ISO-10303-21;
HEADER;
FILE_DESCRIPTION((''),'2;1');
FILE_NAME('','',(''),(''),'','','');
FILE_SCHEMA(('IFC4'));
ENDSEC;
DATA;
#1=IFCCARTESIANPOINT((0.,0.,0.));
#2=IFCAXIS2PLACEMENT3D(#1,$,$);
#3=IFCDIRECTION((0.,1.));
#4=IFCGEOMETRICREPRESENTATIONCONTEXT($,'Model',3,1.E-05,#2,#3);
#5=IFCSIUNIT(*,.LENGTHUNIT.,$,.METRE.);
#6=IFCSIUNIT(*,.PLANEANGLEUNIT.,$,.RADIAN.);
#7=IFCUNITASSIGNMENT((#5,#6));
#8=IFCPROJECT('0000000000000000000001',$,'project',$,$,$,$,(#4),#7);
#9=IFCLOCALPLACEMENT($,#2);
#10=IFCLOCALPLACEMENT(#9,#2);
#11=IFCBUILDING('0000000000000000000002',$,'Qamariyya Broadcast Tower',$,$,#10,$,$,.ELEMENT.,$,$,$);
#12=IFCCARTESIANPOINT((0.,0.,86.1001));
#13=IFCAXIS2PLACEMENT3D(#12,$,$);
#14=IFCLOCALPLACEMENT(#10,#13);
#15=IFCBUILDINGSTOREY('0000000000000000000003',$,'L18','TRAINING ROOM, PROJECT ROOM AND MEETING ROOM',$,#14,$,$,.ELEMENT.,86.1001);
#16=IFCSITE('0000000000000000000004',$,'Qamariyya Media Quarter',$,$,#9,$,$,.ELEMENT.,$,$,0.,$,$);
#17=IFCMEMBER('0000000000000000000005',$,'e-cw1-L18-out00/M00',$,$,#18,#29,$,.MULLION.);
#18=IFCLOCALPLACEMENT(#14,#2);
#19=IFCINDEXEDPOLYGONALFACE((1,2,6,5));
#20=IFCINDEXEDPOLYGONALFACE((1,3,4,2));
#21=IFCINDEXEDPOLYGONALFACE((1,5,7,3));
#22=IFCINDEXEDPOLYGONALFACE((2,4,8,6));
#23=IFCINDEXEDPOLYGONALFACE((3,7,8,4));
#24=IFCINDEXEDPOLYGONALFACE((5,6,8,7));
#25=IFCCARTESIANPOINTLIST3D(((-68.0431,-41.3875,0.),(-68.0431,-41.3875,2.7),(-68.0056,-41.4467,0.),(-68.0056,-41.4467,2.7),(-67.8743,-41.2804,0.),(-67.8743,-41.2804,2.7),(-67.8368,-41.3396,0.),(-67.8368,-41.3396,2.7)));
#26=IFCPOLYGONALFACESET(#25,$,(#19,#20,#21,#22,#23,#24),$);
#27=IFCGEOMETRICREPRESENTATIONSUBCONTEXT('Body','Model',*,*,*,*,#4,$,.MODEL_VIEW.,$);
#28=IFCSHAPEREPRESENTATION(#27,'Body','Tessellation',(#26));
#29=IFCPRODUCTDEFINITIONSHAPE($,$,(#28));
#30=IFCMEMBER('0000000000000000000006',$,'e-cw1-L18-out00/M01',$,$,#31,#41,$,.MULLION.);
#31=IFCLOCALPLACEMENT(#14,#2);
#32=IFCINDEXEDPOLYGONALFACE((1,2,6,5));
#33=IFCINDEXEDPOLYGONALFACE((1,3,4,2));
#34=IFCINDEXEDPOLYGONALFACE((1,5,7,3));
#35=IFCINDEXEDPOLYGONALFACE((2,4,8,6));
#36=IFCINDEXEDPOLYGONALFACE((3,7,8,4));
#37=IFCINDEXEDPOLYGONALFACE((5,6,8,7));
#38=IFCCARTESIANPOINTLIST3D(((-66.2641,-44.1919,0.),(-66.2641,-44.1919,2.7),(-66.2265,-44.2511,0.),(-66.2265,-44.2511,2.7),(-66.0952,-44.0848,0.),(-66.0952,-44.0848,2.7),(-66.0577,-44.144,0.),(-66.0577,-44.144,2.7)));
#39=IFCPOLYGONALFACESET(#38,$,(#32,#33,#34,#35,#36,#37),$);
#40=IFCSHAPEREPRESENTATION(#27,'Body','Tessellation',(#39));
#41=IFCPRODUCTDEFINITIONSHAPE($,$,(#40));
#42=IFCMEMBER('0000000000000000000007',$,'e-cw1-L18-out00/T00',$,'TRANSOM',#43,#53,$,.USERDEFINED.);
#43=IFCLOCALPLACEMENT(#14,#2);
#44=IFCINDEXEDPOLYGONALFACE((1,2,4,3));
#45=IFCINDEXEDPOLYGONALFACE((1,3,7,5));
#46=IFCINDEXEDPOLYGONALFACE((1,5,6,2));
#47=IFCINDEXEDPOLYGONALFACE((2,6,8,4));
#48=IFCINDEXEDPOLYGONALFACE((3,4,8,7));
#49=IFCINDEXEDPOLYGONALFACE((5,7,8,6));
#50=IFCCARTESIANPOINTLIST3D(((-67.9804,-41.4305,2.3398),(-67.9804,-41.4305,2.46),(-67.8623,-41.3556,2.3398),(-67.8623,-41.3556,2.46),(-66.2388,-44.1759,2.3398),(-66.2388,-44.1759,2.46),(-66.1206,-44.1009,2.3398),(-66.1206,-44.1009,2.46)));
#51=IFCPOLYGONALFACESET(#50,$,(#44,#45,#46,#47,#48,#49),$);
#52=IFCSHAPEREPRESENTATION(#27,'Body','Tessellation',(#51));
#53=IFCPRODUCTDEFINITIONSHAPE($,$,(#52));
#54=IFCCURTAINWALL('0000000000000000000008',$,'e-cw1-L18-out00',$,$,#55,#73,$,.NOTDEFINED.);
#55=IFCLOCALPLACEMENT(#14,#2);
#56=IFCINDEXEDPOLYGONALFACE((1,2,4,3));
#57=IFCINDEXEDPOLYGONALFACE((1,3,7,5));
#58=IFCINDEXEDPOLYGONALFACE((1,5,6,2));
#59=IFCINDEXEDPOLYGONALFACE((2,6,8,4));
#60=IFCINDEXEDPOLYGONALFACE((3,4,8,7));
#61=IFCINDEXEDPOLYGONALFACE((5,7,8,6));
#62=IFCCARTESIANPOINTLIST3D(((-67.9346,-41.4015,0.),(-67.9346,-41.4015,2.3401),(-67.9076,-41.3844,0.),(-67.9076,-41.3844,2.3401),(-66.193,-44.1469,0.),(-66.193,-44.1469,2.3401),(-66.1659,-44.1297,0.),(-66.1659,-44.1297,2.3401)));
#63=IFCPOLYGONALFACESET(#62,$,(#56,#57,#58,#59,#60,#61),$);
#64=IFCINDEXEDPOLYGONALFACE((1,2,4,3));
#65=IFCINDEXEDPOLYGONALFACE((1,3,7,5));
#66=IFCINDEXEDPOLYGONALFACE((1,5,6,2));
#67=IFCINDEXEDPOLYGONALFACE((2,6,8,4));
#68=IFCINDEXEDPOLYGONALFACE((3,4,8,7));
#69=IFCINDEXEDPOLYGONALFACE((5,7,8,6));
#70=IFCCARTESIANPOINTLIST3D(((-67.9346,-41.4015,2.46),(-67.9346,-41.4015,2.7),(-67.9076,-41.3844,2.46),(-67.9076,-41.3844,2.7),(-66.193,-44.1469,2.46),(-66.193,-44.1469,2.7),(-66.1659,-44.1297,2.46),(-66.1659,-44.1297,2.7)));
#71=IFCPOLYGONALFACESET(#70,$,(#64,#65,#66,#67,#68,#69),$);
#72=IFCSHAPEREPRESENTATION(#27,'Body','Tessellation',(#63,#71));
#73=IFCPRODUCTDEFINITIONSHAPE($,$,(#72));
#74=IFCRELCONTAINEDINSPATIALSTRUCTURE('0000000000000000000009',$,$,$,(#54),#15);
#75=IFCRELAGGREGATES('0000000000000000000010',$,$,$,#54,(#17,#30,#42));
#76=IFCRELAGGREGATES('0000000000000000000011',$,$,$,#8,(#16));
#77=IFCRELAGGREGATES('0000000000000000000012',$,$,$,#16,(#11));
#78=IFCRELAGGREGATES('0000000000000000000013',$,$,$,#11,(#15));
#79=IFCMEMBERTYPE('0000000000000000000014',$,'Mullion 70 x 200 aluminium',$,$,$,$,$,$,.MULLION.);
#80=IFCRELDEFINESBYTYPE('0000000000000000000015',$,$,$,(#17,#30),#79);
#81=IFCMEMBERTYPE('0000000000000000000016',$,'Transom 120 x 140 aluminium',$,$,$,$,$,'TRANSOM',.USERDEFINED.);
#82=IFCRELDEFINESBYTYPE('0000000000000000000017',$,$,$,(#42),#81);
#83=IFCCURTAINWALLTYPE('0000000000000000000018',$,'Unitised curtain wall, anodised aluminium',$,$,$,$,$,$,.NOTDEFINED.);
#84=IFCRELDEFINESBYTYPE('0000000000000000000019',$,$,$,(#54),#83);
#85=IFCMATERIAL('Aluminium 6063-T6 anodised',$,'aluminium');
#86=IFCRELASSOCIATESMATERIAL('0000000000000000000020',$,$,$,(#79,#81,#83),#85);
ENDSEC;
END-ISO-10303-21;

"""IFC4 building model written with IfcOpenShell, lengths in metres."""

from ifc_helpers import new_model, si_unit, direction, frame, origin, origin_2d, place, context, subcontext, project, spatial, rectangle, extrude, material, material_profile, profile_set, type_object, element, aggregate, save


model = new_model("IFC4")

# Units and contexts
model_context = context("Model", 3, precision=1e-05, world=origin(), true_north=direction((0.0, 1.0)))
body_context = subcontext(model_context, "Body", "Model", "MODEL_VIEW")
ifc_project = project(units=[si_unit("LENGTHUNIT", "METRE"), si_unit("PLANEANGLEUNIT", "RADIAN")], contexts=[model_context])

# Members
ifc_material_1 = material(Name="Aluminium 6063-T6 anodised", Category="aluminium")
ifc_material_profile_1 = material_profile(ifc_material_1, rectangle(XDim=0.2, YDim=0.0701, at=origin_2d()))
ifc_profile_set_1 = profile_set([ifc_material_profile_1], Name="Aluminium 6063-T6 anodised")
member_type_1 = type_object("IfcMemberType", Name="Mullion 70 x 200 aluminium", PredefinedType="MULLION", material=ifc_profile_set_1)
site_placement = place(None, origin())
building_placement = place(site_placement, origin())
storey_placement = place(building_placement, frame((0.0, 0.0, 86.1001)))
member_1_placement = place(storey_placement, frame((-67.9399, -41.3635, 0.0), z_axis=(0.0, 0.0, 1.0), x_axis=(0.844406, 0.535704, 0.0)))
member_1 = element("IfcMember", 1, at=member_1_placement, type_object=member_type_1, Name="e-cw1-L18-out00/M00", PredefinedType="MULLION", context=body_context, shape_type="SweptSolid", body=[
    extrude(rectangle(XDim=0.2, YDim=0.0701, at=origin_2d()), origin(), (0.0, 0.0, 1.0), 2.7),
])
member_2_placement = place(storey_placement, frame((-66.1609, -44.168, 0.0), z_axis=(0.0, 0.0, 1.0), x_axis=(0.844406, 0.535704, 0.0)))
member_2 = element("IfcMember", 2, at=member_2_placement, type_object=member_type_1, Name="e-cw1-L18-out00/M01", PredefinedType="MULLION", context=body_context, shape_type="SweptSolid", body=[
    extrude(rectangle(XDim=0.2, YDim=0.0701, at=origin_2d()), origin(), (0.0, 0.0, 1.0), 2.7),
])
ifc_material_profile_2 = material_profile(ifc_material_1, rectangle(XDim=0.1399, YDim=0.1201, at=origin_2d()))
ifc_profile_set_2 = profile_set([ifc_material_profile_2], Name="Aluminium 6063-T6 anodised")
member_type_2 = type_object("IfcMemberType", Name="Transom 120 x 140 aluminium", ElementType="TRANSOM", PredefinedType="USERDEFINED", material=ifc_profile_set_2)
member_3_placement = place(storey_placement, frame((-67.9214, -41.3931, 2.3999), z_axis=(0.535704, -0.844406, 0.0), x_axis=(0.844406, 0.535704, 0.0)))
member_3 = element("IfcMember", 3, at=member_3_placement, type_object=member_type_2, Name="e-cw1-L18-out00/T00", ObjectType="TRANSOM", PredefinedType="USERDEFINED", context=body_context, shape_type="SweptSolid", body=[
    extrude(rectangle(XDim=0.1399, YDim=0.1201, at=origin_2d()), origin(), (0.0, 0.0, 1.0), 3.2512),
])

# Site, building, storey
site = spatial("IfcSite", under=ifc_project, at=site_placement, Name="Qamariyya Media Quarter", CompositionType="ELEMENT", RefElevation=0.0)
building = spatial("IfcBuilding", under=site, at=building_placement, Name="Qamariyya Broadcast Tower", CompositionType="ELEMENT")
storey = spatial("IfcBuildingStorey", under=building, at=storey_placement, Name="L18", Description="TRAINING ROOM, PROJECT ROOM AND MEETING ROOM", CompositionType="ELEMENT", Elevation=86.1001)

# Curtain wall
curtain_wall_type = type_object("IfcCurtainWallType", Name="Unitised curtain wall, anodised aluminium", PredefinedType="NOTDEFINED", material=ifc_material_1)
curtain_wall_1_placement = place(storey_placement, origin())
curtain_wall_1 = element("IfcCurtainWall", 4, at=curtain_wall_1_placement, inside=storey, type_object=curtain_wall_type, Name="e-cw1-L18-out00", PredefinedType="NOTDEFINED", context=body_context, shape_type="SweptSolid", body=[
    extrude(rectangle(XDim=3.2512, YDim=0.032, at=origin_2d()), frame((-67.0503, -42.7656, 0.0), x_axis=(0.535701, -0.844408, 0.0)), (0.0, 0.0, 1.0), 2.3401),
    extrude(rectangle(XDim=3.2512, YDim=0.032, at=origin_2d()), frame((-67.0503, -42.7656, 2.46), x_axis=(0.535701, -0.844408, 0.0)), (0.0, 0.0, 1.0), 0.24),
])
aggregate(curtain_wall_1, [member_1, member_2, member_3])

save(model, "model.ifc")
